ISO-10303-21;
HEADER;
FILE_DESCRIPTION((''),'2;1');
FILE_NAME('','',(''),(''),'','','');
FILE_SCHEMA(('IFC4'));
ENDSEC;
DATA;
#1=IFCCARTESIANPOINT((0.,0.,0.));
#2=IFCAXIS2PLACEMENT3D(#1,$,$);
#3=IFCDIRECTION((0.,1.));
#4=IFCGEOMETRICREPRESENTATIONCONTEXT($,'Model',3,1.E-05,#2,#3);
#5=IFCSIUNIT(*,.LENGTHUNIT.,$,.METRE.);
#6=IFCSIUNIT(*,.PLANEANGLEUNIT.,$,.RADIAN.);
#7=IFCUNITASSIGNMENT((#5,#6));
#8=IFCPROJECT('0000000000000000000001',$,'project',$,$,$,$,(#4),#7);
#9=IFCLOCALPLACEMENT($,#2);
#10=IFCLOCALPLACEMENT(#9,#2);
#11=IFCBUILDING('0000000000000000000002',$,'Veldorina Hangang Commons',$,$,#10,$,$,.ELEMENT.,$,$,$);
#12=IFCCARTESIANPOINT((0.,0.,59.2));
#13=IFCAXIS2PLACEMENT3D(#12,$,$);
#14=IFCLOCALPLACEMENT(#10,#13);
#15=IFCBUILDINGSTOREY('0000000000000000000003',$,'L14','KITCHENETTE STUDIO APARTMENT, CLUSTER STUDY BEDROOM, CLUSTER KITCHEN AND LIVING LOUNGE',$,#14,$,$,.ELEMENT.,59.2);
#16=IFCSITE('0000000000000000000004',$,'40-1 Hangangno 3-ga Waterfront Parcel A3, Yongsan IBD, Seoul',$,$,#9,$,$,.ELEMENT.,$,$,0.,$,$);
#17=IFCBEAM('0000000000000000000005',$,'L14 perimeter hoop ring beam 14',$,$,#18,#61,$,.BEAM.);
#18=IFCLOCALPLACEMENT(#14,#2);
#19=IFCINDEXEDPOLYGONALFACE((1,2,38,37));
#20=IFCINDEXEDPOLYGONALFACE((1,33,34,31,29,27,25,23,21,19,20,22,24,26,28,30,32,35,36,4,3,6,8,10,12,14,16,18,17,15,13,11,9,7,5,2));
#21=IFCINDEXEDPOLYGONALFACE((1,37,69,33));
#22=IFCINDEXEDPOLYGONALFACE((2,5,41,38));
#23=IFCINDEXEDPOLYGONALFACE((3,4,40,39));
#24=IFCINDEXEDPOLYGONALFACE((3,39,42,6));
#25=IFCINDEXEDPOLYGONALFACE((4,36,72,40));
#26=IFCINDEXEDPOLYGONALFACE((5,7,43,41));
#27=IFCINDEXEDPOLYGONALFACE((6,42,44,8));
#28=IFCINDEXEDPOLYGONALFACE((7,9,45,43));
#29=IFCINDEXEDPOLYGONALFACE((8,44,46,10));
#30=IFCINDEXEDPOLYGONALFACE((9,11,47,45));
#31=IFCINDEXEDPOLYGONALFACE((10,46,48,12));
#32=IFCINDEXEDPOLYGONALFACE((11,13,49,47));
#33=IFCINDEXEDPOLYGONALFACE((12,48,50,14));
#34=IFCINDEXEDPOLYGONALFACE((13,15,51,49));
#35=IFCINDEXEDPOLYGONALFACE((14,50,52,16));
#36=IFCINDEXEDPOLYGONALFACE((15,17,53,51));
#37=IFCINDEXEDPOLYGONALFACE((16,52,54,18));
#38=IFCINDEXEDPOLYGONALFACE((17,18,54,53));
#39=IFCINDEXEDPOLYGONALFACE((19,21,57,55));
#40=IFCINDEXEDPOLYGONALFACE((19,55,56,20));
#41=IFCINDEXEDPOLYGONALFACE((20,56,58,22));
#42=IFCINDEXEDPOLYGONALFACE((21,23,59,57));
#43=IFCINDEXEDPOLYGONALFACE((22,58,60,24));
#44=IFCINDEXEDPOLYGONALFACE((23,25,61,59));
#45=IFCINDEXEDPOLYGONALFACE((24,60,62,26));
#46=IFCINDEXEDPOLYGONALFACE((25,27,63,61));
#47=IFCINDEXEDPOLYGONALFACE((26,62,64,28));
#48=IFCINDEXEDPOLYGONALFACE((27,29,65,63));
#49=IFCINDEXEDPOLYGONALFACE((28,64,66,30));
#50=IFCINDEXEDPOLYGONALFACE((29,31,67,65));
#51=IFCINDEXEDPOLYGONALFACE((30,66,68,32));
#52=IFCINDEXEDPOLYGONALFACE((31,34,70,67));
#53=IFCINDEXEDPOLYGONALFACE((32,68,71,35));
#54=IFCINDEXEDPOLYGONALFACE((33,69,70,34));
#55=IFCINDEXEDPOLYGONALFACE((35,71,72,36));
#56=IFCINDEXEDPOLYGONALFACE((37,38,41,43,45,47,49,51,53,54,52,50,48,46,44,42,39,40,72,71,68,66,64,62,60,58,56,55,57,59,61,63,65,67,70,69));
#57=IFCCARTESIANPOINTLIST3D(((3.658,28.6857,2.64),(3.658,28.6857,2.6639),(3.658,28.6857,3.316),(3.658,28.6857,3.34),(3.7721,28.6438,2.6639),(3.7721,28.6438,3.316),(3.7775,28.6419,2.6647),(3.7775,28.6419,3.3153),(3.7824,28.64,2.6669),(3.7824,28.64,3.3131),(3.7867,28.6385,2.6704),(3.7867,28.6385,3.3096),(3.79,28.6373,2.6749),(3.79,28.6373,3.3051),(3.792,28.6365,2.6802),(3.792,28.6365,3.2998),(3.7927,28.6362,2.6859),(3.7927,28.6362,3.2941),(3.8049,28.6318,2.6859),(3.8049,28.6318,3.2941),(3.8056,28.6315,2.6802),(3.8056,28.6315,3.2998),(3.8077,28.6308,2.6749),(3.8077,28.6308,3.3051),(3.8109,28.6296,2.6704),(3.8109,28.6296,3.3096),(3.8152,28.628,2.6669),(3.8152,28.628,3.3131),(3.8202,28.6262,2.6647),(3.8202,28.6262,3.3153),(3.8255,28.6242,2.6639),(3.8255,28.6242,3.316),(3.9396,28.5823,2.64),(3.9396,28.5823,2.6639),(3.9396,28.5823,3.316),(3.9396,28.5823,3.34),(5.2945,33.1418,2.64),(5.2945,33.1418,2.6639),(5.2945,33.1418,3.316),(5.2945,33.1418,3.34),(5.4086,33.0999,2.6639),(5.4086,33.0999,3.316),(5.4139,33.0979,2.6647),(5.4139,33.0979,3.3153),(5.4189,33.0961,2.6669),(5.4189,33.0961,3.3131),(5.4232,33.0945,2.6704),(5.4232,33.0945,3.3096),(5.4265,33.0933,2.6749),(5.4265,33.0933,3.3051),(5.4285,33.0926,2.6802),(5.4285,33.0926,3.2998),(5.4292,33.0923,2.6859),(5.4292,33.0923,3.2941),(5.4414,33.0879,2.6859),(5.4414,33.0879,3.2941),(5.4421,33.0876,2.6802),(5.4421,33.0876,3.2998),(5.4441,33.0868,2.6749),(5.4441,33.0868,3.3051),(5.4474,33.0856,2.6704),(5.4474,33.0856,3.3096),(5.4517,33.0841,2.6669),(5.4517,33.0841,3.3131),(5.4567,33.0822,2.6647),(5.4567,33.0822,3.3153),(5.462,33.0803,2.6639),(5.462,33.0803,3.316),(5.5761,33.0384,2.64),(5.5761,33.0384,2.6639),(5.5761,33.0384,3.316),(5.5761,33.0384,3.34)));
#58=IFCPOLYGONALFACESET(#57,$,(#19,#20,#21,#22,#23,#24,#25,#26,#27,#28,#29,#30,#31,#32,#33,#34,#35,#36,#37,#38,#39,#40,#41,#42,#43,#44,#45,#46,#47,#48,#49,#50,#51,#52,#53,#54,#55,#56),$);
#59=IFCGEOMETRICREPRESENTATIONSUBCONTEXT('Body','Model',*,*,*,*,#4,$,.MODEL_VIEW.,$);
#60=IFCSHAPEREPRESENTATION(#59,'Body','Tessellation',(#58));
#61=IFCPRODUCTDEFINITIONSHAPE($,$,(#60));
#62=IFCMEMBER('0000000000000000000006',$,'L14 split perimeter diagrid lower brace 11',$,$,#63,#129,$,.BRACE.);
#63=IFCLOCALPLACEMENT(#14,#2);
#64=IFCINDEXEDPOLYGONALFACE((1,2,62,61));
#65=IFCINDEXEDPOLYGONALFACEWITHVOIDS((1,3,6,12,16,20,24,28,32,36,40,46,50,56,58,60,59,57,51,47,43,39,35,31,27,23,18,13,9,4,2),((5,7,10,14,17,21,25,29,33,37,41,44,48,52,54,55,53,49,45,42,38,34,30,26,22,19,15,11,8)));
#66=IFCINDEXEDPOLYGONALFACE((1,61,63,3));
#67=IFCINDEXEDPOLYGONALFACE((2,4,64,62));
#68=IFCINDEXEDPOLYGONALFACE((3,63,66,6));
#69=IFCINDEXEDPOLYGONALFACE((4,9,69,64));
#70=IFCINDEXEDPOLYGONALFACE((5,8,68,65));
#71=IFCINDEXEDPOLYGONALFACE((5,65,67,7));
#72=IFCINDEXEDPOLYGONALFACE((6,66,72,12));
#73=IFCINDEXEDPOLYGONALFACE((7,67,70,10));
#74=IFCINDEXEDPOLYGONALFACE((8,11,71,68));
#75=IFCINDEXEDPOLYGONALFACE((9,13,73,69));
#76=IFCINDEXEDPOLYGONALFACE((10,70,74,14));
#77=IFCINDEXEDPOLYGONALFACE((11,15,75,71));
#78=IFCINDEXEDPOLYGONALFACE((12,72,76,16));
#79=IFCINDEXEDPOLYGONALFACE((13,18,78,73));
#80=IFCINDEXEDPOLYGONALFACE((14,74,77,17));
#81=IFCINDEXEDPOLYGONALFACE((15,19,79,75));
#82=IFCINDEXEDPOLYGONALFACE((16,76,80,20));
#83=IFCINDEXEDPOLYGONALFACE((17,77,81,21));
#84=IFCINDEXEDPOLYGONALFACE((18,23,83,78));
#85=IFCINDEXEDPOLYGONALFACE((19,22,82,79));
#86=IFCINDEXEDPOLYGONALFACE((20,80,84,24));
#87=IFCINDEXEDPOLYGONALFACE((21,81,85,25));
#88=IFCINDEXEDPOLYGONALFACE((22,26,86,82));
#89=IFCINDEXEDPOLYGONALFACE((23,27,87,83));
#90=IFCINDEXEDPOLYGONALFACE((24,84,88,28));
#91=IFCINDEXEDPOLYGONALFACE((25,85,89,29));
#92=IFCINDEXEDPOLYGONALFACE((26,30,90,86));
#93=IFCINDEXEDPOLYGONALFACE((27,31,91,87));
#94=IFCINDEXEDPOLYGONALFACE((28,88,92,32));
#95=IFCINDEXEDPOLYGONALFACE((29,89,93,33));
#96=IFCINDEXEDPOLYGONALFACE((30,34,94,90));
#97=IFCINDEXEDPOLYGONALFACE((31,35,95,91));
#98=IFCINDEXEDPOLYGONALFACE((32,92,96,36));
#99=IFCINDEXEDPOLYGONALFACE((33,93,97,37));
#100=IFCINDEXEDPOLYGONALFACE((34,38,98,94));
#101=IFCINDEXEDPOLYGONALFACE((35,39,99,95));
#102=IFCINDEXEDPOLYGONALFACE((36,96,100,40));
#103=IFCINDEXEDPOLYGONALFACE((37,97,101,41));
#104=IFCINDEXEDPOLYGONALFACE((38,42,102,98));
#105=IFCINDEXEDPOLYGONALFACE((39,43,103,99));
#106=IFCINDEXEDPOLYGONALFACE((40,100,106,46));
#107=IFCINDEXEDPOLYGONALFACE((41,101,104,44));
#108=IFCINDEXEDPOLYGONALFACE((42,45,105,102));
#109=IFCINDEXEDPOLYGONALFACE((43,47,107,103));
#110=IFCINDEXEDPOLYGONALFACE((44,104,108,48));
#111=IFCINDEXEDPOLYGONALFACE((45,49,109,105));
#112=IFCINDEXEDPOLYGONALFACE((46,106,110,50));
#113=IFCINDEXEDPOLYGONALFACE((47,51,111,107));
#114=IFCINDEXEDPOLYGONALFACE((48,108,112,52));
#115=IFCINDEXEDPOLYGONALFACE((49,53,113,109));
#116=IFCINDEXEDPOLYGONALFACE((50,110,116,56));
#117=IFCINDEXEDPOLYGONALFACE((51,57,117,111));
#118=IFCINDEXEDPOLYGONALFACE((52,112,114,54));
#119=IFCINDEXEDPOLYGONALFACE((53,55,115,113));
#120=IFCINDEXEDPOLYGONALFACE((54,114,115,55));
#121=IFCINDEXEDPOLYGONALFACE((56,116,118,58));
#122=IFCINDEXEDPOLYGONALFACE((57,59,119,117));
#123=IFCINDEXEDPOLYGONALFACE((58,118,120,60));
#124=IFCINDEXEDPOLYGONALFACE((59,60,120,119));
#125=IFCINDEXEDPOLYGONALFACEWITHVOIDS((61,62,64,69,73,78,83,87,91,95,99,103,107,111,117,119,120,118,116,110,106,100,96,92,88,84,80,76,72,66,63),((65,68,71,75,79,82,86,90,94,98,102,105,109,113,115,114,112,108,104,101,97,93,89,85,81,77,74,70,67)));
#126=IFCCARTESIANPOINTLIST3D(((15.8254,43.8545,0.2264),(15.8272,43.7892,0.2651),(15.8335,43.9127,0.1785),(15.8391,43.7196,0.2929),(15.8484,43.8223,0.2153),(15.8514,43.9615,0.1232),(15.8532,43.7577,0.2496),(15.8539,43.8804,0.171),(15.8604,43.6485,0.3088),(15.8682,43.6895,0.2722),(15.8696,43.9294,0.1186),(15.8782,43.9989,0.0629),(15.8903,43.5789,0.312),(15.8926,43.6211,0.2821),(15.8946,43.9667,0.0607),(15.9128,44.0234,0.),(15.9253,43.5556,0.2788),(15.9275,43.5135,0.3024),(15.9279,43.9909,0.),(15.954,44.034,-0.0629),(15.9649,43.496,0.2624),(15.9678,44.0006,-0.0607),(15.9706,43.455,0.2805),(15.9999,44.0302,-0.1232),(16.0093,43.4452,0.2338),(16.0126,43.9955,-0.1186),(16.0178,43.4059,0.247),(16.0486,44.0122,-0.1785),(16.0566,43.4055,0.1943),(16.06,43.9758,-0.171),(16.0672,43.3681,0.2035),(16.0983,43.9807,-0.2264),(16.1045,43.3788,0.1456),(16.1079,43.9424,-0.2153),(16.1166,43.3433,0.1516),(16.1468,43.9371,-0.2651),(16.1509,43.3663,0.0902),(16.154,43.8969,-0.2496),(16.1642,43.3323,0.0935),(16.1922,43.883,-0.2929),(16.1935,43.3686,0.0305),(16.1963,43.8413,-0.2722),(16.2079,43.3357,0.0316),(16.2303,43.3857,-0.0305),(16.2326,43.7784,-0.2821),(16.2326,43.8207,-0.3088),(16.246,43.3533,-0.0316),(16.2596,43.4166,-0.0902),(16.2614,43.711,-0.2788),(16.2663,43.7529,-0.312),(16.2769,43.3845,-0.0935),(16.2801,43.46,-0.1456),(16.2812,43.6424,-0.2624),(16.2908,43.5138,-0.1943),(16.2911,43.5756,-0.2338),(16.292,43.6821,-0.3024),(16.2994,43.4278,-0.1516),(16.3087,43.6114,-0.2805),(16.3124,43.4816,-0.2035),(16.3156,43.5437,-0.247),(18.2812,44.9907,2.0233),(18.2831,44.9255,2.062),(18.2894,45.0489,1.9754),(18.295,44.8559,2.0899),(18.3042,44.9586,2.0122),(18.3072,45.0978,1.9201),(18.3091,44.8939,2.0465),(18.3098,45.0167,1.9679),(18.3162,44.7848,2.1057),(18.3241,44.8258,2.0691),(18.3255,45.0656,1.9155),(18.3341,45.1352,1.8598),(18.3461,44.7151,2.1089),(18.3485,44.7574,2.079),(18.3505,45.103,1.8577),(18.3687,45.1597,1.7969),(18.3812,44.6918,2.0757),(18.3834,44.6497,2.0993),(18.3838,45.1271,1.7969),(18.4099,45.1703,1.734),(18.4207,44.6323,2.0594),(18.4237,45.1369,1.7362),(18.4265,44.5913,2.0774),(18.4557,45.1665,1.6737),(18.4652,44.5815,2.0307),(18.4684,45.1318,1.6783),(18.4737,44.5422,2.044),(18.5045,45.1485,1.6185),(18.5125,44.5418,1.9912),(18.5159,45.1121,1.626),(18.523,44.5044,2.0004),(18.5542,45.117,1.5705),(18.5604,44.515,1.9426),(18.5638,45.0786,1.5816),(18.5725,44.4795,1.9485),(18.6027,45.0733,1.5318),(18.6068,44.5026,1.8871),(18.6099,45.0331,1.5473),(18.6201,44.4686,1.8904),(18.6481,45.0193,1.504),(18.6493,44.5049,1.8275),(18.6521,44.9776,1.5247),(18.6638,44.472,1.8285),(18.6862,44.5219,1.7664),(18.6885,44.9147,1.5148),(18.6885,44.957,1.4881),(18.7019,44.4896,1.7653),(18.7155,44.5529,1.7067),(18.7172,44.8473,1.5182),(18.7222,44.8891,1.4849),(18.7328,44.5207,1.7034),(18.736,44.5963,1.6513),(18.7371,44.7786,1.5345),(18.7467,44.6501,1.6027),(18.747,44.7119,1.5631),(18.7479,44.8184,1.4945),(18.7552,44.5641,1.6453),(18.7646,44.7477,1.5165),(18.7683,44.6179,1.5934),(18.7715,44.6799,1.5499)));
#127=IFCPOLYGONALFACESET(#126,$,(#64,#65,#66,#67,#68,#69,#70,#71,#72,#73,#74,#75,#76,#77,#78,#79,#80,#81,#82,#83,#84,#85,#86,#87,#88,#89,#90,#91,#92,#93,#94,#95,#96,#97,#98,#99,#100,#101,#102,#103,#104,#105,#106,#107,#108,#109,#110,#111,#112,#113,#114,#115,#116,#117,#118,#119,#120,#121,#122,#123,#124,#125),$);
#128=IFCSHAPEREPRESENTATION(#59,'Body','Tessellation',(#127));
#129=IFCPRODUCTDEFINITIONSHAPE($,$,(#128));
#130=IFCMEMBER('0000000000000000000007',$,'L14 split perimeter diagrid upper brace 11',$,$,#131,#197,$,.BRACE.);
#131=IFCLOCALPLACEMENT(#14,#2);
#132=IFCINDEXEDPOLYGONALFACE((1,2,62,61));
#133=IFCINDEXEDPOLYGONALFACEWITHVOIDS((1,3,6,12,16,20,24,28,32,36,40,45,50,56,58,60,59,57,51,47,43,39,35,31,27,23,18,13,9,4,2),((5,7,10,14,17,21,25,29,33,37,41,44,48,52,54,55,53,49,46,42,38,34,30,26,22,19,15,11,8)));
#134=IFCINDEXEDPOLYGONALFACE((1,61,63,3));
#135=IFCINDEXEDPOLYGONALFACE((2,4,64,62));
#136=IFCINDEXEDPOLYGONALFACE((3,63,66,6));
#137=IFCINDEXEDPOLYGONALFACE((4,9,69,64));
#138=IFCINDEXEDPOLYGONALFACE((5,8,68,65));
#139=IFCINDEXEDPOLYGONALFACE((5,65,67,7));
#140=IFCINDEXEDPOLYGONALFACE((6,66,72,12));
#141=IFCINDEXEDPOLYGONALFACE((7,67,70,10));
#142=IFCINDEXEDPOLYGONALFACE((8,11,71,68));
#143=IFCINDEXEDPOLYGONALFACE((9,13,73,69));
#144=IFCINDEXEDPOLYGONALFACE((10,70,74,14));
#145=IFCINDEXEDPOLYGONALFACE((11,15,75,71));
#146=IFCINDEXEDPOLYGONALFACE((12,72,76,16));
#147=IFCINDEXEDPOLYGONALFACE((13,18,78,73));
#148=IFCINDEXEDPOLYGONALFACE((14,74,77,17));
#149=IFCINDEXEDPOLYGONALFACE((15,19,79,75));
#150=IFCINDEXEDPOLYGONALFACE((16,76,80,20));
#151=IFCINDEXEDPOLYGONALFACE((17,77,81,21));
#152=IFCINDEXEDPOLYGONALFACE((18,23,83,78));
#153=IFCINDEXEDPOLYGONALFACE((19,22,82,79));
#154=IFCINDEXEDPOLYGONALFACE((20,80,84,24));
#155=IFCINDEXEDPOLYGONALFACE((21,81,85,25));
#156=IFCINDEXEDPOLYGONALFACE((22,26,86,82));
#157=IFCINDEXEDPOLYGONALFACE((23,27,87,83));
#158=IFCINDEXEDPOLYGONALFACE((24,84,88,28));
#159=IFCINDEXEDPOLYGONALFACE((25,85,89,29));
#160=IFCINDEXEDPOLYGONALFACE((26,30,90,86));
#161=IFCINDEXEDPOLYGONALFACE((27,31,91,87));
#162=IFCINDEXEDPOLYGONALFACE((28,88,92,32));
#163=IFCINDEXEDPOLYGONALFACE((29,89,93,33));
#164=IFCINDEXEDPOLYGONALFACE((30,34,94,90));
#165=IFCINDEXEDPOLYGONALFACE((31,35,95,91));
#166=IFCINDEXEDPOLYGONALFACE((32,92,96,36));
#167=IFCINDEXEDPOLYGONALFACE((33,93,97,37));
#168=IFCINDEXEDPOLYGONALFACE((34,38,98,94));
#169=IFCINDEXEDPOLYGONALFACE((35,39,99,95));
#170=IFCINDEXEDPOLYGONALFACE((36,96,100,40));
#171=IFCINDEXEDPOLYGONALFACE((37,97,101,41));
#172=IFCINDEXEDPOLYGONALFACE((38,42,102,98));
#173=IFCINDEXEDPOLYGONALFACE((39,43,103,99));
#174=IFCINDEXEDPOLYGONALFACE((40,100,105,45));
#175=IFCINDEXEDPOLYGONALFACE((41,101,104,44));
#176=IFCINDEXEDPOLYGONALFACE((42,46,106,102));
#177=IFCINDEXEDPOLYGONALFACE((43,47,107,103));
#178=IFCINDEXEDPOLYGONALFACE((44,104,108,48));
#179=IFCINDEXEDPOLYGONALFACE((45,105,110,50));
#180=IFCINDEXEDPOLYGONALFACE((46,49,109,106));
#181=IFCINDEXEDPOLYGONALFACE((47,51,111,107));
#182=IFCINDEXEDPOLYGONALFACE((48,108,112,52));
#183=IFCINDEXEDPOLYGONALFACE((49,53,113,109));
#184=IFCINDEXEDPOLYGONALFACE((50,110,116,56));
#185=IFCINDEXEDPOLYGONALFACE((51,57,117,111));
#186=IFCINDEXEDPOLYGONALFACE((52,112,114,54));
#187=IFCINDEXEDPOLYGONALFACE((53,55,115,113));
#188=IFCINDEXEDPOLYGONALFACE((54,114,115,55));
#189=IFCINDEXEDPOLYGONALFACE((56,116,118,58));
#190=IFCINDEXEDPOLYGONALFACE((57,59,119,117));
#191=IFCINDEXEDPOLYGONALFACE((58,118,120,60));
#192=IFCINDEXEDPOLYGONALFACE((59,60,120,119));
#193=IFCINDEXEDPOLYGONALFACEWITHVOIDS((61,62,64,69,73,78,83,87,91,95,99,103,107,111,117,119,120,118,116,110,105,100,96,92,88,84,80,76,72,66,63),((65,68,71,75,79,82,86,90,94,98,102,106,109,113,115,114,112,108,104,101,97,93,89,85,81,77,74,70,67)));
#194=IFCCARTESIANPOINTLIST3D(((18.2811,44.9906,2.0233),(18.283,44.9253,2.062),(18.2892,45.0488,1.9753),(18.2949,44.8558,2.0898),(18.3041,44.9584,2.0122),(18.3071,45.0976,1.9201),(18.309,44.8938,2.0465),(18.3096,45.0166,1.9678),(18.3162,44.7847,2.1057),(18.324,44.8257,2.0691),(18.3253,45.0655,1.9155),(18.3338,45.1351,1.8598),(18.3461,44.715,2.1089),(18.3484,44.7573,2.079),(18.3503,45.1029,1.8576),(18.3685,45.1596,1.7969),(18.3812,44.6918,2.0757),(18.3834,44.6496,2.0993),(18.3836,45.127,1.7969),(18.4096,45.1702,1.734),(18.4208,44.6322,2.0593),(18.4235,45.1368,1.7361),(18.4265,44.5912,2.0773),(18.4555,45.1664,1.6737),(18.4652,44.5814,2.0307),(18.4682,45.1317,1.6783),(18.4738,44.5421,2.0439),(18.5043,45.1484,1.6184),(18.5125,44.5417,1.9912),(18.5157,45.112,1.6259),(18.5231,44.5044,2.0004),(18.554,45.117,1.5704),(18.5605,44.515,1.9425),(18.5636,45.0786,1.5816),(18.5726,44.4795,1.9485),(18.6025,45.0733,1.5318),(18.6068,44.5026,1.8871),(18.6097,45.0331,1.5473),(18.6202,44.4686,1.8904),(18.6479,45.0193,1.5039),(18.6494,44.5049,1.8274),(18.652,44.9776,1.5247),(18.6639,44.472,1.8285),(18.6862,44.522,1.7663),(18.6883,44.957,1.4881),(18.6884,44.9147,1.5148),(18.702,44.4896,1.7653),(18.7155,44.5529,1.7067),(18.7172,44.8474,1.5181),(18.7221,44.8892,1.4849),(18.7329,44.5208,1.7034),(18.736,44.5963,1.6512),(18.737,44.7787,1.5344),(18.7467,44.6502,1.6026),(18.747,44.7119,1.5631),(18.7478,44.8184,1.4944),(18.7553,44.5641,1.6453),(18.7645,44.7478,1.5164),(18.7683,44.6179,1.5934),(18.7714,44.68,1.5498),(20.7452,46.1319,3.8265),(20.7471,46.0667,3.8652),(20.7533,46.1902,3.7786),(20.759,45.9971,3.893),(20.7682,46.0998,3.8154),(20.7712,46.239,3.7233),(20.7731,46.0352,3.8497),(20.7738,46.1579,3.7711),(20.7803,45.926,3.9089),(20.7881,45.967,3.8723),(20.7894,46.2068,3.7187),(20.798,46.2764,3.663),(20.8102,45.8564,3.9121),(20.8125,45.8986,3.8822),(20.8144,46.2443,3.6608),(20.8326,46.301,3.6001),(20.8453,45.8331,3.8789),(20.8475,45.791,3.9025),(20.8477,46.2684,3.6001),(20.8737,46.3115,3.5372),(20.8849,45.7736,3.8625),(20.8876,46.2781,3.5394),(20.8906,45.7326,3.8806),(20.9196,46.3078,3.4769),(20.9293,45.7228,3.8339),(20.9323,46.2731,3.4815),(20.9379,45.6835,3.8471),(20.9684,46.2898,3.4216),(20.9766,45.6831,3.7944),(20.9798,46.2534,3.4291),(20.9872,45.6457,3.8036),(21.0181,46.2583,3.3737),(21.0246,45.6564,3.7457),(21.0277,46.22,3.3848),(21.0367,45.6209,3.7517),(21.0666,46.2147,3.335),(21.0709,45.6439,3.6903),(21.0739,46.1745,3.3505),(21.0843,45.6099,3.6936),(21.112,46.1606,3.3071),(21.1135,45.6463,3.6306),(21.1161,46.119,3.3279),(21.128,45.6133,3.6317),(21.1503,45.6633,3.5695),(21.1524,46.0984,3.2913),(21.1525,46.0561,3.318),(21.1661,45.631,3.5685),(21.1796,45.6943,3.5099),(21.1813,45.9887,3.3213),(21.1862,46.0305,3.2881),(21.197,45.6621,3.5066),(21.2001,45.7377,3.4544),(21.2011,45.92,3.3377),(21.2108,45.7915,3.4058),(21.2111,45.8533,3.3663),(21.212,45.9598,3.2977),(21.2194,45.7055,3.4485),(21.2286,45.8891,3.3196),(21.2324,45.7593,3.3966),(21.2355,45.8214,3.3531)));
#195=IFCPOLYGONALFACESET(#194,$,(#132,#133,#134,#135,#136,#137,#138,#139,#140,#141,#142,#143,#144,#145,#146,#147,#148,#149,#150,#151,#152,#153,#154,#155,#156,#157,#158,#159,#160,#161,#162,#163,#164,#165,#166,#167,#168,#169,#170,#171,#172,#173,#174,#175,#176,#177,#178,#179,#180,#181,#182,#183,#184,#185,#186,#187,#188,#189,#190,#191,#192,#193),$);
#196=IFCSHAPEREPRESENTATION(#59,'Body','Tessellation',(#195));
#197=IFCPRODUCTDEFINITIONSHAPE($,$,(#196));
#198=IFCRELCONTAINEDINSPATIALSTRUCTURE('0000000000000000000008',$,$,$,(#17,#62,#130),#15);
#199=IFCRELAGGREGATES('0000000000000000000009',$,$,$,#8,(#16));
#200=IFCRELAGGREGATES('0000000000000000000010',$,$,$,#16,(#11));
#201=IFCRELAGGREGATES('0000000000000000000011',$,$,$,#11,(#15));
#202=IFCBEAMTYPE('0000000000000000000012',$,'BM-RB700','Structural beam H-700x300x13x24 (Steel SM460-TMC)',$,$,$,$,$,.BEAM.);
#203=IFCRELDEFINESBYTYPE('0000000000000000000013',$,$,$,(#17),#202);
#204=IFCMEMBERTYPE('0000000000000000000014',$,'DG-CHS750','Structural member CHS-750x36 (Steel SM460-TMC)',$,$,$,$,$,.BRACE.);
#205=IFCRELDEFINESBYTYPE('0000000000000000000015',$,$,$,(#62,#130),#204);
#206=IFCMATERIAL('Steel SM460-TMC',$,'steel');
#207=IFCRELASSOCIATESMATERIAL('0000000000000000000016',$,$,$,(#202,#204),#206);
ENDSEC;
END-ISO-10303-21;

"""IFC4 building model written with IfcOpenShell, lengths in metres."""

from ifc_helpers import new_model, si_unit, direction, frame, origin, origin_2d, place, context, subcontext, project, spatial, hollow_circle, i_section, extrude, material, material_profile, profile_set, type_object, element, save


model = new_model("IFC4")

# Units and contexts
model_context = context("Model", 3, precision=1e-05, world=origin(), true_north=direction((0.0, 1.0)))
body_context = subcontext(model_context, "Body", "Model", "MODEL_VIEW")
ifc_project = project(units=[si_unit("LENGTHUNIT", "METRE"), si_unit("PLANEANGLEUNIT", "RADIAN")], contexts=[model_context])

# Site, building, storey
site_placement = place(None, origin())
site = spatial("IfcSite", under=ifc_project, at=site_placement, Name="40-1 Hangangno 3-ga Waterfront Parcel A3, Yongsan IBD, Seoul", CompositionType="ELEMENT", RefElevation=0.0)
building_placement = place(site_placement, origin())
building = spatial("IfcBuilding", under=site, at=building_placement, Name="Veldorina Hangang Commons", CompositionType="ELEMENT")
storey_placement = place(building_placement, frame((0.0, 0.0, 59.2)))
storey = spatial("IfcBuildingStorey", under=building, at=storey_placement, Name="L14", Description="KITCHENETTE STUDIO APARTMENT, CLUSTER STUDY BEDROOM, CLUSTER KITCHEN AND LIVING LOUNGE", CompositionType="ELEMENT", Elevation=59.2)

# Beam
ifc_material_1 = material(Name="Steel SM460-TMC", Category="steel")
ifc_material_profile_1 = material_profile(ifc_material_1, i_section(OverallWidth=0.3, OverallDepth=0.7, WebThickness=0.0129, FlangeThickness=0.0239, FilletRadius=0.022, at=origin_2d()), Name="H-700x300x13x24")
ifc_profile_set_1 = profile_set([ifc_material_profile_1], Name="Steel SM460-TMC")
beam_type_1 = type_object("IfcBeamType", Name="BM-RB700", Description="Structural beam H-700x300x13x24 (Steel SM460-TMC)", PredefinedType="BEAM", material=ifc_profile_set_1)
beam_1_placement = place(storey_placement, frame((5.4353, 33.0901, 2.99), z_axis=(-0.344735, -0.9387, 0.0), x_axis=(0.9387, -0.344735, 0.0)))
element("IfcBeam", 1, at=beam_1_placement, inside=storey, type_object=beam_type_1, Name="L14 perimeter hoop ring beam 14", PredefinedType="BEAM", context=body_context, shape_type="SweptSolid", body=[
    extrude(i_section(OverallWidth=0.3, OverallDepth=0.7, WebThickness=0.0129, FlangeThickness=0.0239, FilletRadius=0.022, at=origin_2d()), origin(), (0.0, 0.0, 1.0), 4.7471),
])

# Members
ifc_material_profile_2 = material_profile(ifc_material_1, hollow_circle(Radius=0.375, WallThickness=0.0359, at=origin_2d()), Name="CHS-750x36")
ifc_profile_set_2 = profile_set([ifc_material_profile_2], Name="Steel SM460-TMC")
member_type = type_object("IfcMemberType", Name="DG-CHS750", Description="Structural member CHS-750x36 (Steel SM460-TMC)", PredefinedType="BRACE", material=ifc_profile_set_2)
member_1_placement = place(storey_placement, frame((16.0703, 43.6831, 0.0), z_axis=(0.756053, 0.349803, 0.553191), x_axis=(-0.419905, 0.907568, 0.0)))
element("IfcMember", 2, at=member_1_placement, inside=storey, type_object=member_type, Name="L14 split perimeter diagrid lower brace 11", PredefinedType="BRACE", context=body_context, shape_type="SweptSolid", body=[
    extrude(hollow_circle(Radius=0.375, WallThickness=0.0359, at=origin_2d()), origin(), (0.0, 0.0, 1.0), 3.2483),
])
member_2_placement = place(storey_placement, frame((18.5261, 44.8193, 1.7969), z_axis=(0.755914, 0.350133, 0.553173), x_axis=(-0.420295, 0.907388, 0.0)))
element("IfcMember", 3, at=member_2_placement, inside=storey, type_object=member_type, Name="L14 split perimeter diagrid upper brace 11", PredefinedType="BRACE", context=body_context, shape_type="SweptSolid", body=[
    extrude(hollow_circle(Radius=0.375, WallThickness=0.0359, at=origin_2d()), origin(), (0.0, 0.0, 1.0), 3.2598),
])

save(model, "model.ifc")
